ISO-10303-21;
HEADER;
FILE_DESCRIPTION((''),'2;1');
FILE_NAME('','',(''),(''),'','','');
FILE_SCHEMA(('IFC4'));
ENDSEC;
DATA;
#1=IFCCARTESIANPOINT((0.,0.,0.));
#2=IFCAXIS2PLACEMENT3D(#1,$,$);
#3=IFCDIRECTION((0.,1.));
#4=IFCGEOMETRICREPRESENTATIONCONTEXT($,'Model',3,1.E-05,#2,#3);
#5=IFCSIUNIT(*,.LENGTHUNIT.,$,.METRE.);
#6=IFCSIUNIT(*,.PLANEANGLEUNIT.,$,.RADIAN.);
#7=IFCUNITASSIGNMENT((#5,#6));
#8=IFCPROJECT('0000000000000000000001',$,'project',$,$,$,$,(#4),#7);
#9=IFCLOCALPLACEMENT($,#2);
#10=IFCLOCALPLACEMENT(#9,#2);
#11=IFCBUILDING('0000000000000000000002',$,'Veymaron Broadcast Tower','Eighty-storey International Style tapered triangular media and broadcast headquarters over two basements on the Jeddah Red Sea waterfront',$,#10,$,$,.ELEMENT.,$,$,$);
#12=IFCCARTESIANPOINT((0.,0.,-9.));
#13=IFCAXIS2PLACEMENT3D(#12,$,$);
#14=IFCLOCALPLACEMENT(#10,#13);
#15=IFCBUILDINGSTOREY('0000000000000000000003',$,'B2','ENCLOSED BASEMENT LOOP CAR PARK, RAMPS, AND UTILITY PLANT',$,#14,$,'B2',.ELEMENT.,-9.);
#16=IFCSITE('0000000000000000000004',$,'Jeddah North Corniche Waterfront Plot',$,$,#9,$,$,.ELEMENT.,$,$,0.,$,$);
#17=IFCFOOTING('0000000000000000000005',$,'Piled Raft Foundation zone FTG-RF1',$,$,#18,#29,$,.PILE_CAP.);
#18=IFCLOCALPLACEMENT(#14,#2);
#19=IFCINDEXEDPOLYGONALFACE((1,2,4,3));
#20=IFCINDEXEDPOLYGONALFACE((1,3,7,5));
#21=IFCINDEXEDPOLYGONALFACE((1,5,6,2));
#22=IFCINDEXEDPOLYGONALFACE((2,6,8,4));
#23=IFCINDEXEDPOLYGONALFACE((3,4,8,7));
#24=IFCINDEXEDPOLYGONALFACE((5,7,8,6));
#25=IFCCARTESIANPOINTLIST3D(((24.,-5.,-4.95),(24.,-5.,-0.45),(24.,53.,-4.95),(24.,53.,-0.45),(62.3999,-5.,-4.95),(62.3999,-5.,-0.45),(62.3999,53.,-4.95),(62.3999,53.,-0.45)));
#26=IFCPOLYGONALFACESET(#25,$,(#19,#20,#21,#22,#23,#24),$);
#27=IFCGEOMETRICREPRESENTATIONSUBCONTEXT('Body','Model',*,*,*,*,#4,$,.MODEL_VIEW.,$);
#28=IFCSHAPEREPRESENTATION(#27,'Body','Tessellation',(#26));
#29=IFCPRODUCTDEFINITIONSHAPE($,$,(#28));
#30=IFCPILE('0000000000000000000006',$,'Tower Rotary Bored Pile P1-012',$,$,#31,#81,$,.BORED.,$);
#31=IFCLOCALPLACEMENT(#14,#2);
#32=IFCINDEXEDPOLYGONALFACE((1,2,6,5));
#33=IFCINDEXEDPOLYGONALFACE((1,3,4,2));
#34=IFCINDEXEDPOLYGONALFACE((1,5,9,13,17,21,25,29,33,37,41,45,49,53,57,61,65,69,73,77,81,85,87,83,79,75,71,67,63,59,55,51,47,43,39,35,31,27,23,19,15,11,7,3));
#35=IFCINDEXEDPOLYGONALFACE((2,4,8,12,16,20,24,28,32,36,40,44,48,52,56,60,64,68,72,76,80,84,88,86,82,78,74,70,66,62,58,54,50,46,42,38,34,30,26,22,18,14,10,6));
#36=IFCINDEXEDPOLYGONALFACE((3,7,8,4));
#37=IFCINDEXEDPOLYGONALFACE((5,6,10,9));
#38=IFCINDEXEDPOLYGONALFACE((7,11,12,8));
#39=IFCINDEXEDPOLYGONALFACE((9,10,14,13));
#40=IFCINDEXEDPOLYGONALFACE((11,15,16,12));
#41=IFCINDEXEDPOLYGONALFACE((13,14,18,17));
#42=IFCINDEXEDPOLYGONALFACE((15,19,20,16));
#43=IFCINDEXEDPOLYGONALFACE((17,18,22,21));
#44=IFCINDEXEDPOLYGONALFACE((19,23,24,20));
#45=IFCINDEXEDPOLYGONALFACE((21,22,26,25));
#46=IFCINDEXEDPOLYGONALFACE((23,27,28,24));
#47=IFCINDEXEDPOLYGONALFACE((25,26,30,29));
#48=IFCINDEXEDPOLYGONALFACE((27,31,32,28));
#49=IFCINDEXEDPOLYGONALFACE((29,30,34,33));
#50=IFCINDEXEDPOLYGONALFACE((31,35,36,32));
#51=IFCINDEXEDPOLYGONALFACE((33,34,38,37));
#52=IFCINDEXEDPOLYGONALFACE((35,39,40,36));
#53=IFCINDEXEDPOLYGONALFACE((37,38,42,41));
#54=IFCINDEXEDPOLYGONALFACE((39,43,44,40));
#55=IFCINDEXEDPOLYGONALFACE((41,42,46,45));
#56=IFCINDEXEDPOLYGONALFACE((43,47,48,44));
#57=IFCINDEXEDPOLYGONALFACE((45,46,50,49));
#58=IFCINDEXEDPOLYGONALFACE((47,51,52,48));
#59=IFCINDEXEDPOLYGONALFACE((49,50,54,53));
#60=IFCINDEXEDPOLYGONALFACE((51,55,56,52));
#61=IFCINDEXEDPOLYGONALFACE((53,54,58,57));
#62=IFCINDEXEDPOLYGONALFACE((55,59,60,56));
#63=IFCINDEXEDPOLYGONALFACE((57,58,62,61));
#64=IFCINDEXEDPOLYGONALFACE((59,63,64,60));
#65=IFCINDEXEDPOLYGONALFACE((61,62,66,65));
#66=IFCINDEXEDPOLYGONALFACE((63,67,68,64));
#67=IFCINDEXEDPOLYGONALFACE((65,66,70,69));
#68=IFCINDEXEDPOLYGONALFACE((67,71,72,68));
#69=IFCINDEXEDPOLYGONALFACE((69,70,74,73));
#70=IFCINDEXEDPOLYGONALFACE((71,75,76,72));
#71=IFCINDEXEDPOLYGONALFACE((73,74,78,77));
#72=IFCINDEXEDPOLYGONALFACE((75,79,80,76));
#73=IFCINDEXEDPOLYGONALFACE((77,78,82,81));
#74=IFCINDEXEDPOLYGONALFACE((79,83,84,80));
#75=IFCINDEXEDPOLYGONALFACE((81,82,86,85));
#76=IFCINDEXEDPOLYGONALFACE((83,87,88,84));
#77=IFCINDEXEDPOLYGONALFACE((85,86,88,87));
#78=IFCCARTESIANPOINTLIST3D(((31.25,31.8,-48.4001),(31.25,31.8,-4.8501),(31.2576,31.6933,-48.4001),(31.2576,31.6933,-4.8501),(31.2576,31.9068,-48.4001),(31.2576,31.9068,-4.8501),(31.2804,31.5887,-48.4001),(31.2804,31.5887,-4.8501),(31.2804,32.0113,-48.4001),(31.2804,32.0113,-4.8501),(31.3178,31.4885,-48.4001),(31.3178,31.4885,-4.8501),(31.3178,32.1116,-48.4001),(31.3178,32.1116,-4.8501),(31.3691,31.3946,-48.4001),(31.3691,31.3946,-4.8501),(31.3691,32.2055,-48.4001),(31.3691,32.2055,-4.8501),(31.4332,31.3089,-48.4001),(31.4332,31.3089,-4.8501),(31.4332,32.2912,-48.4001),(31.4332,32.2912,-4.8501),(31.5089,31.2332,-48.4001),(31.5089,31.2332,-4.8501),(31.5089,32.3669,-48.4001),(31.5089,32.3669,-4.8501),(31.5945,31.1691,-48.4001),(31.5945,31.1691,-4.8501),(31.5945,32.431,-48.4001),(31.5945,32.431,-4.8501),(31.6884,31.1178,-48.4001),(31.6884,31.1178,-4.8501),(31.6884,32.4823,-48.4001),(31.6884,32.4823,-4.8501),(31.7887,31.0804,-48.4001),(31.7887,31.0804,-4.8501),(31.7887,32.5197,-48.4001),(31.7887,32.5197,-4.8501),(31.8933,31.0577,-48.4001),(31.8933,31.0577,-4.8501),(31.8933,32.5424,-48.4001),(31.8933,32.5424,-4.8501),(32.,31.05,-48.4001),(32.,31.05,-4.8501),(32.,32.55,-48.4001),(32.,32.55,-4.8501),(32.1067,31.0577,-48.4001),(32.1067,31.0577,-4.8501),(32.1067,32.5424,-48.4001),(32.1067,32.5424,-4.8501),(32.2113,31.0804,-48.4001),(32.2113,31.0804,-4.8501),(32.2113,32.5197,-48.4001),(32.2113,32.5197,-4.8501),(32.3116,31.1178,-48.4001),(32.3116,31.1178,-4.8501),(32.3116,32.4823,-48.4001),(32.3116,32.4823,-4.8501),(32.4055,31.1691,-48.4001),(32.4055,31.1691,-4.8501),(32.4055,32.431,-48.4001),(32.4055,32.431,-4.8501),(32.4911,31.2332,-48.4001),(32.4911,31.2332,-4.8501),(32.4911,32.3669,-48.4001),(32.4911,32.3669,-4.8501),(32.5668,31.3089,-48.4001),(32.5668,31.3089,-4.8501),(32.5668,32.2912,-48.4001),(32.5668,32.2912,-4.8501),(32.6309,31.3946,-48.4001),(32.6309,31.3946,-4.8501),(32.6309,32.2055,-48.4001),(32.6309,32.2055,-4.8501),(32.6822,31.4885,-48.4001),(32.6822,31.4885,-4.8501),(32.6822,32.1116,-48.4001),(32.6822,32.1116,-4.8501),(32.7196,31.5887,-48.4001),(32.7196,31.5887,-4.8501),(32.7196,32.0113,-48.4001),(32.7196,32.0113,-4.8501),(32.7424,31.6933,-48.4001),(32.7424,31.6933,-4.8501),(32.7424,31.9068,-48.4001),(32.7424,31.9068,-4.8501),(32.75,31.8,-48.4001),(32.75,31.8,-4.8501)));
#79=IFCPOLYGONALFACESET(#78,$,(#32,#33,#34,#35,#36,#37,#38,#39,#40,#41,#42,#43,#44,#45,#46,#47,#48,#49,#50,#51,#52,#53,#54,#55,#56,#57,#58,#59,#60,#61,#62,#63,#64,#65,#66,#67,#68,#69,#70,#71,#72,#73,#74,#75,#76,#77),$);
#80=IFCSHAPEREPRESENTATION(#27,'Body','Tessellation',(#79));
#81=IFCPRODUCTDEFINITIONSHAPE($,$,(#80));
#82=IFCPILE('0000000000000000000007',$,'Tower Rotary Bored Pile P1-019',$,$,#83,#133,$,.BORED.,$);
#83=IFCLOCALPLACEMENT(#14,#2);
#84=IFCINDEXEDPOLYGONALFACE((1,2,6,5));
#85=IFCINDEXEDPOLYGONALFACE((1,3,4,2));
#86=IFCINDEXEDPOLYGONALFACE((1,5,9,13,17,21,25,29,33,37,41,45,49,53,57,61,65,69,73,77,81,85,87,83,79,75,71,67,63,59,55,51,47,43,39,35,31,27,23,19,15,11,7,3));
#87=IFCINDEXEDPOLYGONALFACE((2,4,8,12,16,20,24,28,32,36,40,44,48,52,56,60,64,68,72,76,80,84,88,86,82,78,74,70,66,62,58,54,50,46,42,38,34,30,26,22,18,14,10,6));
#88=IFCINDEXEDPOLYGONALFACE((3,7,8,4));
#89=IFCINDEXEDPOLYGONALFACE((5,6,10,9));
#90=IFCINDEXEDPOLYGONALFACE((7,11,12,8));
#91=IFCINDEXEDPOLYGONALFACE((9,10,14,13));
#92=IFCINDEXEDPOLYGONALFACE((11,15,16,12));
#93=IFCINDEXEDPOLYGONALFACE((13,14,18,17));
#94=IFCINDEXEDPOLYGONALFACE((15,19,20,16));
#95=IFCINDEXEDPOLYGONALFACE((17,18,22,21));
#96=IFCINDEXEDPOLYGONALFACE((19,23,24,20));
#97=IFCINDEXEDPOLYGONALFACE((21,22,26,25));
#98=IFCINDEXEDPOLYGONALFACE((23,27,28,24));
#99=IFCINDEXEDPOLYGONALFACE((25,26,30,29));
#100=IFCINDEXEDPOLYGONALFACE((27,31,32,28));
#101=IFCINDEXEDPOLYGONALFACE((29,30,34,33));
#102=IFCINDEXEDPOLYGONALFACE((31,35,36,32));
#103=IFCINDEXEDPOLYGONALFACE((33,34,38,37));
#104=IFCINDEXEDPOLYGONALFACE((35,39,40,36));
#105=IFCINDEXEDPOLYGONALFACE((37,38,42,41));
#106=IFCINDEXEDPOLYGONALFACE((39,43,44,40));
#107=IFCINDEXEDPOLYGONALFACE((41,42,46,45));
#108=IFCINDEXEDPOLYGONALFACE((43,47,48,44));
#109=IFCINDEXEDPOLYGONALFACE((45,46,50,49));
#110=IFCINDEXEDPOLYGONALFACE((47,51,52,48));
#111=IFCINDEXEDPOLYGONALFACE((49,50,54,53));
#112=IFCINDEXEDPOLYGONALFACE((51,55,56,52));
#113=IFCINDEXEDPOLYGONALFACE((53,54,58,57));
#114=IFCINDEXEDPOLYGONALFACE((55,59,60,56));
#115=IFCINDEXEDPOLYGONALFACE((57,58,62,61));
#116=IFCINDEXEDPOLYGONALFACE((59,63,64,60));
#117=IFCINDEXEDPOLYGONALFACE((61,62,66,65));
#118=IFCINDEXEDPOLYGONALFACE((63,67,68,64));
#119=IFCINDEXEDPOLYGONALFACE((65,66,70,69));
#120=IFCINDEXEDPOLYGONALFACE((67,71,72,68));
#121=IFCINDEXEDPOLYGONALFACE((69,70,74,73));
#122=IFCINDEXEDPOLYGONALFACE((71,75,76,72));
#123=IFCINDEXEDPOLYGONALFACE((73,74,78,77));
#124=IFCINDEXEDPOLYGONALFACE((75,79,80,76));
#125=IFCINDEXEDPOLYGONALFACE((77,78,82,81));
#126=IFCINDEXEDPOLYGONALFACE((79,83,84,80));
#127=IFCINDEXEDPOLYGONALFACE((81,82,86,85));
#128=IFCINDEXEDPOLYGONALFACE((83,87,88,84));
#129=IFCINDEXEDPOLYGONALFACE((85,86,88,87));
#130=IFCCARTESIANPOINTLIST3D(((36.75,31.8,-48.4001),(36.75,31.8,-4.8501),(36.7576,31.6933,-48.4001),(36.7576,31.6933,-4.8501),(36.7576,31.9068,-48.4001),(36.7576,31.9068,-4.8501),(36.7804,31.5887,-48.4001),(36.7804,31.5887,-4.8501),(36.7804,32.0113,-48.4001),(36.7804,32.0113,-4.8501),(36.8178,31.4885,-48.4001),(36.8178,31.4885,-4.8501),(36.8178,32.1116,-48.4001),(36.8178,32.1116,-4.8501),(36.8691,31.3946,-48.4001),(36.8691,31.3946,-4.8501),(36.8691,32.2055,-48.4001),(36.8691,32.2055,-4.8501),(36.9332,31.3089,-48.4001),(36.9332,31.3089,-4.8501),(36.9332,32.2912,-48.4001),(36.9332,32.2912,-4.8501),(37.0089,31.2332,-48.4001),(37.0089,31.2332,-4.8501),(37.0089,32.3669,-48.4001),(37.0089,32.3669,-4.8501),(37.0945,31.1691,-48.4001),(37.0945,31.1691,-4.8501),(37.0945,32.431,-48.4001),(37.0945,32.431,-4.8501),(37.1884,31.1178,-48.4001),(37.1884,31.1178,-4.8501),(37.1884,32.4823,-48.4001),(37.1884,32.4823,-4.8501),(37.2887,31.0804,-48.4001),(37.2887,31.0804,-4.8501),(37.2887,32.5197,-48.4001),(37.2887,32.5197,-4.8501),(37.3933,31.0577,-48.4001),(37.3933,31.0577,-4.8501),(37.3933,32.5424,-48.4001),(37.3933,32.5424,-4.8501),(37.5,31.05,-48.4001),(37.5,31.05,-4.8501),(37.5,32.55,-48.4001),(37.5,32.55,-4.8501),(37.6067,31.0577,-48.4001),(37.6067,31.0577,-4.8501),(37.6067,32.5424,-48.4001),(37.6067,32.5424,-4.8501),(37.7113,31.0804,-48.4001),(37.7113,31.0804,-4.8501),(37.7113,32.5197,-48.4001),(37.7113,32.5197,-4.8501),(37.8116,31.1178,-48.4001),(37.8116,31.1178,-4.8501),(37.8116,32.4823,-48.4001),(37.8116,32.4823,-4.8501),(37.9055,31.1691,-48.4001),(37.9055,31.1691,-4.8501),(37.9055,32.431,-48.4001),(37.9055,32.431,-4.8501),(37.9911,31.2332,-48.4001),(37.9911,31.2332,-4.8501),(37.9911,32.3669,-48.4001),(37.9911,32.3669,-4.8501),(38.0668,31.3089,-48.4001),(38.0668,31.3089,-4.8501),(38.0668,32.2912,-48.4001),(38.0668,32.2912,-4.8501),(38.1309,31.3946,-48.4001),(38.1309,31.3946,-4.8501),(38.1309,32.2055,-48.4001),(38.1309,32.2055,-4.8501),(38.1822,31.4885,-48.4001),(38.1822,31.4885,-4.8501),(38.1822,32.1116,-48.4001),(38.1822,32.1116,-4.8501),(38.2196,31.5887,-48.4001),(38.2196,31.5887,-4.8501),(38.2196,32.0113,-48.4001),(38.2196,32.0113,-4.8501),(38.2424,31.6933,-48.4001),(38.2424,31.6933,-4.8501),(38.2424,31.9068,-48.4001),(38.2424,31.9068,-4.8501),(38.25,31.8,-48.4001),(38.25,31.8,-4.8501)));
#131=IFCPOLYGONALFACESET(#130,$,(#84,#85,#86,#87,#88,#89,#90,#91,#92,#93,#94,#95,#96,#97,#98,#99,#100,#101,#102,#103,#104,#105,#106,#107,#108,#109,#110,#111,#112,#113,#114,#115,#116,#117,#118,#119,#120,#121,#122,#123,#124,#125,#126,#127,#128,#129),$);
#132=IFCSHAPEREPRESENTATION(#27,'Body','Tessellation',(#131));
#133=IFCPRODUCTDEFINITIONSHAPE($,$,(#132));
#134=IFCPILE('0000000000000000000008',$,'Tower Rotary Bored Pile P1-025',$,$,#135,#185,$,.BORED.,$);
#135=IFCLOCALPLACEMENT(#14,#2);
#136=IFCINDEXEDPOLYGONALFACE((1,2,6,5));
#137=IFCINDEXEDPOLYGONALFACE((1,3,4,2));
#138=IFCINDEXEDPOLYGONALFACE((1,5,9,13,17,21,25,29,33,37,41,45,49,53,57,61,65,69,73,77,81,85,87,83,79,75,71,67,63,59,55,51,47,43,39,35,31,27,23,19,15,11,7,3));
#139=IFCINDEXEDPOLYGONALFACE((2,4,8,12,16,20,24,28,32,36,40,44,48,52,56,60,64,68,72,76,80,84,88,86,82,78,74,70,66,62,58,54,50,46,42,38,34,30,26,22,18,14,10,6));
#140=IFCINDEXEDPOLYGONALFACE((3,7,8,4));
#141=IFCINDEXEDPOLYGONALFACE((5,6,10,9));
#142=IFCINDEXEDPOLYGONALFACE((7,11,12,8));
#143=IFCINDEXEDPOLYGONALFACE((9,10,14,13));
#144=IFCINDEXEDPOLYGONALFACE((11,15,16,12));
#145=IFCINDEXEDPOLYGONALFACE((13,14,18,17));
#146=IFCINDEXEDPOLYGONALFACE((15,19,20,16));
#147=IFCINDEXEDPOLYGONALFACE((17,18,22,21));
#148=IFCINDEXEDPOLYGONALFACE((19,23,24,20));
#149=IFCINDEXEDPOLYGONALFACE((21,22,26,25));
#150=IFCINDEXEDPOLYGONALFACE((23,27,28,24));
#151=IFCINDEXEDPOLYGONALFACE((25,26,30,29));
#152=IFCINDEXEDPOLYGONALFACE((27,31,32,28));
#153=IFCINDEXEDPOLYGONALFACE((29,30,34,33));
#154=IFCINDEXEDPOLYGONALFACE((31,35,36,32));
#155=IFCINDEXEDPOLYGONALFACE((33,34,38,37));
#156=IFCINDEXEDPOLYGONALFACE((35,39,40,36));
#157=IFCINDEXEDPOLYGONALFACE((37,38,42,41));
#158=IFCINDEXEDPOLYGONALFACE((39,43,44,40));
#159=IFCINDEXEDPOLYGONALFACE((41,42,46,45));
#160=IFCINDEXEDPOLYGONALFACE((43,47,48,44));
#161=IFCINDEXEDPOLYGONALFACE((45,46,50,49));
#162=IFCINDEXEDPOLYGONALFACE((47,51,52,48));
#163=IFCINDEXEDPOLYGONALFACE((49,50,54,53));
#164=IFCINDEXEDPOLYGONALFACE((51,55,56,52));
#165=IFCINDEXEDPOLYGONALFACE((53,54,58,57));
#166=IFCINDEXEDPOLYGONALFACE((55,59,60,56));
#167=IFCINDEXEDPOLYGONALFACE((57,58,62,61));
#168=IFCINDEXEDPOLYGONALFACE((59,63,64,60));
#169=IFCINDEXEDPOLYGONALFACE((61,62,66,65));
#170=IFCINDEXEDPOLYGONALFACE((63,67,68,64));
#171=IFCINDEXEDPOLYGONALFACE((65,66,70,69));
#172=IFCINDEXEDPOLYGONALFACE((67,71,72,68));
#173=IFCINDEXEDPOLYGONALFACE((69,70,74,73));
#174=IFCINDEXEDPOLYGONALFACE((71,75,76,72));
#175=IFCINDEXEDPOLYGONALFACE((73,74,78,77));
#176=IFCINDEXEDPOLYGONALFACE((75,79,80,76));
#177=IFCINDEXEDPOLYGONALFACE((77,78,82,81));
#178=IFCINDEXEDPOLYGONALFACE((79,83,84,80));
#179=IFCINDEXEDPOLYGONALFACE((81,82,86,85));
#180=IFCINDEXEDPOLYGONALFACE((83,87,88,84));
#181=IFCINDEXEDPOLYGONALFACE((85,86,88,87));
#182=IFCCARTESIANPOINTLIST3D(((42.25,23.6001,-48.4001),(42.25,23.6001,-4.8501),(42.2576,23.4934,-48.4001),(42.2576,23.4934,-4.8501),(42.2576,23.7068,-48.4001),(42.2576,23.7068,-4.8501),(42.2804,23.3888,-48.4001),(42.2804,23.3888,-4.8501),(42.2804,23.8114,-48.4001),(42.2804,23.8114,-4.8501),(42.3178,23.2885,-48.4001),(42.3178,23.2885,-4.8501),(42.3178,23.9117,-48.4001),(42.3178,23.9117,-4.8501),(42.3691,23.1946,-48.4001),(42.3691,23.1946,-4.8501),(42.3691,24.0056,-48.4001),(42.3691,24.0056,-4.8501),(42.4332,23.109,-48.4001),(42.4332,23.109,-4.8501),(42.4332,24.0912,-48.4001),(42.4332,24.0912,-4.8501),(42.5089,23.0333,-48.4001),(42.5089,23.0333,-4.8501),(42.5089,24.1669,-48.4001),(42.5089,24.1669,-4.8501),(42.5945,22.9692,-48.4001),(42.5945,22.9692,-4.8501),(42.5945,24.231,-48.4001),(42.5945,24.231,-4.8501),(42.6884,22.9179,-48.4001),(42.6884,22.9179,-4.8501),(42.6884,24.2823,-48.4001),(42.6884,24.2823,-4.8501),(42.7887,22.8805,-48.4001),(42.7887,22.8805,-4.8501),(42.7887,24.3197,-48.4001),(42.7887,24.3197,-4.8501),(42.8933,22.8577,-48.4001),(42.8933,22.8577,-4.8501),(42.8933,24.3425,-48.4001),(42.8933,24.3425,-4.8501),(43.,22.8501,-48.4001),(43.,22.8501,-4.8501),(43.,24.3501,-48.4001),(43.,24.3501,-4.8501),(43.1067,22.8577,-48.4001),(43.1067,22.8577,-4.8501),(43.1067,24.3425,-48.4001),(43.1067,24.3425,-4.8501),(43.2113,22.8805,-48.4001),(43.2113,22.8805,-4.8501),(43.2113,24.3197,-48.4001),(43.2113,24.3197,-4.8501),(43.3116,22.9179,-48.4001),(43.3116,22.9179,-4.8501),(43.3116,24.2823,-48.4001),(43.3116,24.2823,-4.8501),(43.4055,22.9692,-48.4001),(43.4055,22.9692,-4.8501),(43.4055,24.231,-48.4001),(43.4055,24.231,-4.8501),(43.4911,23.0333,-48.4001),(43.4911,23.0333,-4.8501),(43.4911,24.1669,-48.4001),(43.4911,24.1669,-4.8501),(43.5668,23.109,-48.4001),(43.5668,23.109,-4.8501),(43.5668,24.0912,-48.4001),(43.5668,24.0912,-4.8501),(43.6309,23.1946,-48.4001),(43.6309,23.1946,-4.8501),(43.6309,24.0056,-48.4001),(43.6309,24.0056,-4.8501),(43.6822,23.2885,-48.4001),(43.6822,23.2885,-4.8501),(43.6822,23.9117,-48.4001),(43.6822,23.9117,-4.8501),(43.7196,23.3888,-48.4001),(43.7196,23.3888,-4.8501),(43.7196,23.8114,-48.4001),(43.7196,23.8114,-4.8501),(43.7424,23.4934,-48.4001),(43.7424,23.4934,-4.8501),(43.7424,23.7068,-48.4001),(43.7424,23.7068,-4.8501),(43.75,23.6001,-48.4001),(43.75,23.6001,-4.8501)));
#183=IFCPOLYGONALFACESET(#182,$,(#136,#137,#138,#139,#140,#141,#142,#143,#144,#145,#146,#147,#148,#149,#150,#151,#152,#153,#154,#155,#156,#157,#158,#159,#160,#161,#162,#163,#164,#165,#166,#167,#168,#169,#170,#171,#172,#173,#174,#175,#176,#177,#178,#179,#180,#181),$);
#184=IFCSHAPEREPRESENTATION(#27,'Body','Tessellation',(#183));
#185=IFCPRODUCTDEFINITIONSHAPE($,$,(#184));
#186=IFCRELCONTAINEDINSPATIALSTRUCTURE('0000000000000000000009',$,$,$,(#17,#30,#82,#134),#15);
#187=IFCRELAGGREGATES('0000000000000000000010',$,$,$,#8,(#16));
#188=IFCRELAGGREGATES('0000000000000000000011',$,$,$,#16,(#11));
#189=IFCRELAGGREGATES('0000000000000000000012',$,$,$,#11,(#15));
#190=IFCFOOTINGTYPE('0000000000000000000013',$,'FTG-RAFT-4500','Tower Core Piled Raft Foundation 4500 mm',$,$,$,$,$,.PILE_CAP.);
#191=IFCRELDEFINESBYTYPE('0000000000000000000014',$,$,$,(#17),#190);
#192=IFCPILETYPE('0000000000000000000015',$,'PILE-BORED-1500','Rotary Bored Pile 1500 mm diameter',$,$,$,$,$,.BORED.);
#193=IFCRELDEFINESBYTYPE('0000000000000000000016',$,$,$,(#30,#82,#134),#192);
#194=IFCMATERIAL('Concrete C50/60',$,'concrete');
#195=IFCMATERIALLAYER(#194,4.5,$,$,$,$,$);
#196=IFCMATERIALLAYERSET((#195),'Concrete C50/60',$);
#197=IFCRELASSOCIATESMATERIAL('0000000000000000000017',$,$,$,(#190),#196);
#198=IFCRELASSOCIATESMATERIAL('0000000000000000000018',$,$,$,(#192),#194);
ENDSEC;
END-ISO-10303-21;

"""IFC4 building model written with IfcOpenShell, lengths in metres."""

from ifc_helpers import new_model, si_unit, direction, frame, origin, origin_2d, place, context, subcontext, project, spatial, rectangle, circle, extrude, material, layer, layer_set, material_profile, profile_set, type_object, element, save


model = new_model("IFC4")

# Units and contexts
model_context = context("Model", 3, precision=1e-05, world=origin(), true_north=direction((0.0, 1.0)))
body_context = subcontext(model_context, "Body", "Model", "MODEL_VIEW")
ifc_project = project(units=[si_unit("LENGTHUNIT", "METRE"), si_unit("PLANEANGLEUNIT", "RADIAN")], contexts=[model_context])

# Site, building, storey
site_placement = place(None, origin())
site = spatial("IfcSite", under=ifc_project, at=site_placement, Name="Jeddah North Corniche Waterfront Plot", CompositionType="ELEMENT", RefElevation=0.0)
building_placement = place(site_placement, origin())
building = spatial("IfcBuilding", under=site, at=building_placement, Name="Veymaron Broadcast Tower", Description="Eighty-storey International Style tapered triangular media and broadcast headquarters over two basements on the Jeddah Red Sea waterfront", CompositionType="ELEMENT")
storey_placement = place(building_placement, frame((0.0, 0.0, -9.0)))
storey = spatial("IfcBuildingStorey", under=building, at=storey_placement, Name="B2", Description="ENCLOSED BASEMENT LOOP CAR PARK, RAMPS, AND UTILITY PLANT", LongName="B2", CompositionType="ELEMENT", Elevation=-9.0)

# Footing
ifc_material_1 = material(Name="Concrete C50/60", Category="concrete")
ifc_layer_1 = layer(ifc_material_1, 4.5)
ifc_layer_set_1 = layer_set([ifc_layer_1], Name="Concrete C50/60")
footing_type = type_object("IfcFootingType", Name="FTG-RAFT-4500", Description="Tower Core Piled Raft Foundation 4500 mm", PredefinedType="PILE_CAP", material=ifc_layer_set_1)
footing_placement = place(storey_placement, frame((43.2, 24.0, -4.95), z_axis=(0.0, 0.0, 1.0), x_axis=(1.0, 0.0, 0.0)))
element("IfcFooting", 1, at=footing_placement, inside=storey, type_object=footing_type, Name="Piled Raft Foundation zone FTG-RF1", PredefinedType="PILE_CAP", context=body_context, shape_type="SweptSolid", body=[
    extrude(rectangle(XDim=38.3999, YDim=58.0, at=origin_2d()), origin(), (0.0, 0.0, 1.0), 4.5),
])

# Piles
ifc_material_profile_1 = material_profile(ifc_material_1, circle(Radius=0.75, at=origin_2d()), Name="PILE1500")
ifc_profile_set_1 = profile_set([ifc_material_profile_1], Name="Concrete C50/60")
pile_type = type_object("IfcPileType", Name="PILE-BORED-1500", Description="Rotary Bored Pile 1500 mm diameter", PredefinedType="BORED", material=ifc_profile_set_1)
for number, where, z_axis, x_axis, name in (
    (2, (32.0, 31.8, -4.8501), (0.0, 0.0, -1.0), (1.0, 0.0, 0.0), "Tower Rotary Bored Pile P1-012"),
    (3, (37.5, 31.8, -4.8501), (0.0, 0.0, -1.0), (1.0, 0.0, 0.0), "Tower Rotary Bored Pile P1-019"),
    (4, (43.0, 23.6001, -4.8501), (0.0, 0.0, -1.0), (1.0, 0.0, 0.0), "Tower Rotary Bored Pile P1-025"),
):
    element("IfcPile", number, at=place(storey_placement, frame(where, z_axis=z_axis, x_axis=x_axis)), inside=storey, type_object=pile_type, Name=name, PredefinedType="BORED", context=body_context, shape_type="SweptSolid", body=[
        extrude(circle(Radius=0.75, at=origin_2d()), origin(), (0.0, 0.0, 1.0), 43.55),
    ])

save(model, "model.ifc")
